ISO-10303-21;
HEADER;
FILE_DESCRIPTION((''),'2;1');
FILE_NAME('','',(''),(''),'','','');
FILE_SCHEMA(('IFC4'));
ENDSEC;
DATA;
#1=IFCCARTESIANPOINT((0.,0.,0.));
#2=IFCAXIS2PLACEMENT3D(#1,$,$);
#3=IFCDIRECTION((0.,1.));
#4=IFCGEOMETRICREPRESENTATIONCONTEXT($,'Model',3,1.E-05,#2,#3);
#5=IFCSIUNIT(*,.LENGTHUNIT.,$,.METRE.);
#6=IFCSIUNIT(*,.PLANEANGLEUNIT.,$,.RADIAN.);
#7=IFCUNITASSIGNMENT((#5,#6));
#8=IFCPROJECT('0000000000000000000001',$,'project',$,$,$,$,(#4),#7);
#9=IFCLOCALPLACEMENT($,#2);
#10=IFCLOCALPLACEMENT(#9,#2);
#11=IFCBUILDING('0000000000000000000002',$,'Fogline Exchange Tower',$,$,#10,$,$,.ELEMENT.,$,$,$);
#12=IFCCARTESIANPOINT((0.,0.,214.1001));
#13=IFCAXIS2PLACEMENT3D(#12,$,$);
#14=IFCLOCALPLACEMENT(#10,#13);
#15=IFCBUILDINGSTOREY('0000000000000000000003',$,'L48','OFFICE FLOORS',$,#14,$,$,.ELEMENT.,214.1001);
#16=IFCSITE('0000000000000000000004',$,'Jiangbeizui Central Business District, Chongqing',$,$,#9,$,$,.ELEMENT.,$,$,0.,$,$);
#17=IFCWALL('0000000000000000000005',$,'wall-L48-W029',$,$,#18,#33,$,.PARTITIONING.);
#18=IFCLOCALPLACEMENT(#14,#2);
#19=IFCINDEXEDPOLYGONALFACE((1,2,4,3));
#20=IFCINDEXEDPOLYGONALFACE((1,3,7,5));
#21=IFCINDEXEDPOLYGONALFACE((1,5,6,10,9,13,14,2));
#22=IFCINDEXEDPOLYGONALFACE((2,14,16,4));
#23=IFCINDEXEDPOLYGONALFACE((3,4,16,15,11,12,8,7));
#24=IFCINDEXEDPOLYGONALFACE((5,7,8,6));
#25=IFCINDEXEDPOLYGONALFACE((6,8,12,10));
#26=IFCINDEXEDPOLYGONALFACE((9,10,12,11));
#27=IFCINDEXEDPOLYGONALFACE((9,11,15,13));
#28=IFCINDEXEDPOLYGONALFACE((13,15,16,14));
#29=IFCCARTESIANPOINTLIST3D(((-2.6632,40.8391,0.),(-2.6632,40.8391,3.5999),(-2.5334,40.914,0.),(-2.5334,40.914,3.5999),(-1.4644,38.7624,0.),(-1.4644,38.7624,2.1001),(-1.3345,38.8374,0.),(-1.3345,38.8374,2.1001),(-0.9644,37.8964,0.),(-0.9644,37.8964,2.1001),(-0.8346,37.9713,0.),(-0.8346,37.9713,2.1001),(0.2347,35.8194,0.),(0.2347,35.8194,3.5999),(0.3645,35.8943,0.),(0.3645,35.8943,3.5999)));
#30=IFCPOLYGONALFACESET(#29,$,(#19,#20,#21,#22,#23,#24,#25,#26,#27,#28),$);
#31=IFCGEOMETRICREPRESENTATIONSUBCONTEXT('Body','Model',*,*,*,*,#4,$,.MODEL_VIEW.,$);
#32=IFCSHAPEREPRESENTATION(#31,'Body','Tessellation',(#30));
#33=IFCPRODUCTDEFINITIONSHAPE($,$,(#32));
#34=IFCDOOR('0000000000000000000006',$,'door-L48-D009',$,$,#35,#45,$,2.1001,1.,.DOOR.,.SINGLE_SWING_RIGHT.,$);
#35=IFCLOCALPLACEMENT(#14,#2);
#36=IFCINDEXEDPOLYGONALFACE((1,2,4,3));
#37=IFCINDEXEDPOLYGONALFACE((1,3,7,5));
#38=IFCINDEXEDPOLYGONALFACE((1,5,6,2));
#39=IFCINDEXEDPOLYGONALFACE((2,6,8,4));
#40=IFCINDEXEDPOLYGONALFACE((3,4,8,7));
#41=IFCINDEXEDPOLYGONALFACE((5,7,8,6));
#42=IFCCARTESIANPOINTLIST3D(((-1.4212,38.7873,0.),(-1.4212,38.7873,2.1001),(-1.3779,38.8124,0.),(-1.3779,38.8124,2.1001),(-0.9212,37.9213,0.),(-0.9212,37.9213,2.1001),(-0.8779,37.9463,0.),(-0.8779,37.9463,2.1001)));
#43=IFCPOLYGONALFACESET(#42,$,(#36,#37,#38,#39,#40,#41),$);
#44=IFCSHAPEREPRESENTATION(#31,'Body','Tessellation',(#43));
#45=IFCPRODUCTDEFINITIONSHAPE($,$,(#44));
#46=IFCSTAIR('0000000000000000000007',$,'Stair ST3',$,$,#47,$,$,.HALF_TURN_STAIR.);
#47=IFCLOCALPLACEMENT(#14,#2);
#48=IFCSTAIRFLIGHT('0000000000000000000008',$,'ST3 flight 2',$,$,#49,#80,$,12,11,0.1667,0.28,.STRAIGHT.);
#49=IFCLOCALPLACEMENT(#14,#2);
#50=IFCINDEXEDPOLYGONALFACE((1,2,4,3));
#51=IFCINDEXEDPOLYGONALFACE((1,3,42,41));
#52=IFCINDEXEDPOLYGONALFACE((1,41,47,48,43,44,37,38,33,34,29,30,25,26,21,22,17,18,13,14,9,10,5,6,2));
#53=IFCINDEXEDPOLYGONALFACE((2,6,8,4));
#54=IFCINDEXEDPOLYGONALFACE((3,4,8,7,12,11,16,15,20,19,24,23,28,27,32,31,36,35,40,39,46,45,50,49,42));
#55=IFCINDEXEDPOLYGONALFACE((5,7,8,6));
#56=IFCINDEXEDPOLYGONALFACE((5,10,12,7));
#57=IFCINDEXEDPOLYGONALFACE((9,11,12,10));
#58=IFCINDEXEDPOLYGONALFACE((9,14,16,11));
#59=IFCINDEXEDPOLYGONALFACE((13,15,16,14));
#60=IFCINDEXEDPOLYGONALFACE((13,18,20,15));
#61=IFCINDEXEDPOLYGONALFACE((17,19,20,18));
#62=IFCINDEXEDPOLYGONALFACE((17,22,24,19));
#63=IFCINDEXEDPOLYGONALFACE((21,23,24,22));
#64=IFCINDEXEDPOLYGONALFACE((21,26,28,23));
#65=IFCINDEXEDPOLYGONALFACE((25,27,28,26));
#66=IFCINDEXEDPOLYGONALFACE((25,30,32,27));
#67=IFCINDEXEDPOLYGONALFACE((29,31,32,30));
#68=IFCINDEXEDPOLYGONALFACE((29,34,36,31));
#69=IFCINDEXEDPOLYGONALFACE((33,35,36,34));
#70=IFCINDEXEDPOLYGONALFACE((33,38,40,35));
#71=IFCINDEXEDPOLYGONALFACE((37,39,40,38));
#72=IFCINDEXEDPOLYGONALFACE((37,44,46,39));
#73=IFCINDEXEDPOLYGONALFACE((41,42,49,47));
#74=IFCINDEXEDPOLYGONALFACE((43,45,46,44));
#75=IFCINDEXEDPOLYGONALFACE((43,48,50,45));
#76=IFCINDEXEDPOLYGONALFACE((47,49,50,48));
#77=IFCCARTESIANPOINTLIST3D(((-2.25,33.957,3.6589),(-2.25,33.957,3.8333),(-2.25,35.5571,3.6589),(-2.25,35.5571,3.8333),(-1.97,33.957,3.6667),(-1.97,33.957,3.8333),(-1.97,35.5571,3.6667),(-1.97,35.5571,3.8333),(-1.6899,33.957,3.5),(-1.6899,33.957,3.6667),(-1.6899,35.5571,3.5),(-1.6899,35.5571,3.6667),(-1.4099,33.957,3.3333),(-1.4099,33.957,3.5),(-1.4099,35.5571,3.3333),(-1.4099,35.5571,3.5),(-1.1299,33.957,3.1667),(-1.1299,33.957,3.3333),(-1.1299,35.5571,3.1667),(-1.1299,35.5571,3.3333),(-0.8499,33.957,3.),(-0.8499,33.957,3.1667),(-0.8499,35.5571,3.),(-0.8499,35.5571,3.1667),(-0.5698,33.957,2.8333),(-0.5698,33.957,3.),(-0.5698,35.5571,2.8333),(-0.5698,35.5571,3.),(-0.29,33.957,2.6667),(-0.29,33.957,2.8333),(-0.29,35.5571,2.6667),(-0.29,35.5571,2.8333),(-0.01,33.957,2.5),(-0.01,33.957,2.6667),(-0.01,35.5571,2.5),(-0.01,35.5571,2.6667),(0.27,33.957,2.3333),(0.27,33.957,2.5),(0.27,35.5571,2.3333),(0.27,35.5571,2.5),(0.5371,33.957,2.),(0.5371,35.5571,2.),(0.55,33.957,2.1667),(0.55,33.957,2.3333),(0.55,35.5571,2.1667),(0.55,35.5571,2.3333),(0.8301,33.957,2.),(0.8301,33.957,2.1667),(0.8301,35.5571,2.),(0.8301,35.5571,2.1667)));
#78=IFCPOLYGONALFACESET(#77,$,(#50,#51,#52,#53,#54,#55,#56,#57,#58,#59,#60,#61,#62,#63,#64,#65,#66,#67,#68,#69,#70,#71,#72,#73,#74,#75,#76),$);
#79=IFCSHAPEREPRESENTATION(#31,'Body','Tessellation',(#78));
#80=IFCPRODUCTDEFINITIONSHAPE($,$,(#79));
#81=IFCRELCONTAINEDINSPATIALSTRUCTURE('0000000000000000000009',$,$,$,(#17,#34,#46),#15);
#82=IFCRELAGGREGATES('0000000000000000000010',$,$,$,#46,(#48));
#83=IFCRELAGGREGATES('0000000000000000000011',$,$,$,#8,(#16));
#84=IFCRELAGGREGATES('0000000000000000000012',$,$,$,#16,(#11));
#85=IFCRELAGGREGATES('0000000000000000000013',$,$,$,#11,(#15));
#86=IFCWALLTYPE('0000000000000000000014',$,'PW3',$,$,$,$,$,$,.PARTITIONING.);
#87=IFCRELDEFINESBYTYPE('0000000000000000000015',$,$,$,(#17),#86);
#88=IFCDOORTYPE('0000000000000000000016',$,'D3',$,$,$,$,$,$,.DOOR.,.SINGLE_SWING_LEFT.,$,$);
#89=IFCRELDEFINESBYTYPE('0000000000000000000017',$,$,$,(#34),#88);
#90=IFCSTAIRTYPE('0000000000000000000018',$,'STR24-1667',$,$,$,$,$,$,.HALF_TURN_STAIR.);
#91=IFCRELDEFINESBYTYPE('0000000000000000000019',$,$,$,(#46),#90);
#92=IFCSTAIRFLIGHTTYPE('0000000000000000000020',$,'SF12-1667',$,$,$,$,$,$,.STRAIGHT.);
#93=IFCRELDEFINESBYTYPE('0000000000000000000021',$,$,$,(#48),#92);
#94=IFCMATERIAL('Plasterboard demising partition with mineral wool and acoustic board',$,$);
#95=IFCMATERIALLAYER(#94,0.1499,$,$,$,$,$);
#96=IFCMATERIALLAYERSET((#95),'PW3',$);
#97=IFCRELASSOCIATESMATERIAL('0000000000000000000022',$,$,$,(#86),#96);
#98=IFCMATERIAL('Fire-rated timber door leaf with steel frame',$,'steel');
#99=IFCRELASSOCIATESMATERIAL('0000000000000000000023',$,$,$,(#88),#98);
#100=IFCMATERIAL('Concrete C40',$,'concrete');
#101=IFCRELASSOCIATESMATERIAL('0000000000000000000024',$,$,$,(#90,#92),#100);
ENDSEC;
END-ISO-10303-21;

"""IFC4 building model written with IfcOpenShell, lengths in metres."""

from ifc_helpers import new_model, si_unit, direction, frame, frame_2d, origin, place, context, subcontext, project, spatial, polyline, rectangle, outline, extrude, material, layer, layer_set, type_object, element, fill, aggregate, save


model = new_model("IFC4")

# Units and contexts
model_context = context("Model", 3, precision=1e-05, world=origin(), true_north=direction((0.0, 1.0)))
body_context = subcontext(model_context, "Body", "Model", "MODEL_VIEW")
ifc_project = project(units=[si_unit("LENGTHUNIT", "METRE"), si_unit("PLANEANGLEUNIT", "RADIAN")], contexts=[model_context])

# Site, building, storey
site_placement = place(None, origin())
site = spatial("IfcSite", under=ifc_project, at=site_placement, Name="Jiangbeizui Central Business District, Chongqing", CompositionType="ELEMENT", RefElevation=0.0)
building_placement = place(site_placement, origin())
building = spatial("IfcBuilding", under=site, at=building_placement, Name="Fogline Exchange Tower", CompositionType="ELEMENT")
storey_placement = place(building_placement, frame((0.0, 0.0, 214.1001)))
storey = spatial("IfcBuildingStorey", under=building, at=storey_placement, Name="L48", Description="OFFICE FLOORS", CompositionType="ELEMENT", Elevation=214.1001)

# Shared definitions
ifc_material_1 = material(Name="Concrete C40", Category="concrete")

# Shared definitions
ifc_material_2 = material(Name="Plasterboard demising partition with mineral wool and acoustic board")
ifc_layer_1 = layer(ifc_material_2, 0.1499)
ifc_layer_set_1 = layer_set([ifc_layer_1], Name="PW3")
wall_type_1 = type_object("IfcWallType", Name="PW3", PredefinedType="PARTITIONING", material=ifc_layer_set_1)

# Shared definitions
ifc_material_3 = material(Name="Fire-rated timber door leaf with steel frame", Category="steel")
door_type_1 = type_object("IfcDoorType", Name="D3", OperationType="SINGLE_SWING_LEFT", PredefinedType="DOOR", material=ifc_material_3)

# Wall, opening, door
wall_1_placement = place(storey_placement, frame((0.2996, 35.8569, 0.0), z_axis=(0.0, 0.0, 1.0), x_axis=(-0.499972, 0.866042, 0.0)))
wall_1 = element("IfcWall", 1, at=wall_1_placement, inside=storey, type_object=wall_type_1, Name="wall-L48-W029", PredefinedType="PARTITIONING", context=body_context, shape_type="SweptSolid", body=[
    extrude(rectangle(XDim=5.7961, YDim=0.1499, at=frame_2d((2.8979, 0.0))), origin(), (0.0, 0.0, 1.0), 3.5999),
])
opening_1_placement = place(wall_1_placement, frame((2.3982, 0.0, 0.0)))
opening_1 = element("IfcOpeningElement", 2, at=opening_1_placement, cuts=wall_1, PredefinedType="OPENING", context=body_context, shape_type="SweptSolid", body=[
    extrude(rectangle(XDim=1.0, YDim=2.1001, at=frame_2d((0.5, 1.05))), frame((0.0, 0.085, 0.0), z_axis=(0.0, -1.0, 0.0), x_axis=(1.0, 0.0, 0.0)), (0.0, 0.0, 1.0), 0.1699),
])
door_1_placement = place(opening_1_placement, frame((1.0, 0.0, 0.0), z_axis=(0.0, 0.0, 1.0), x_axis=(-1.0, 0.0, 0.0)))
door_1 = element("IfcDoor", 3, at=door_1_placement, inside=storey, type_object=door_type_1, Name="door-L48-D009", OperationType="SINGLE_SWING_RIGHT", OverallHeight=2.1001, OverallWidth=1.0, PredefinedType="DOOR", context=body_context, shape_type="SweptSolid", body=[
    extrude(rectangle(XDim=1.0, YDim=2.1001, at=frame_2d((0.5, 1.05))), frame((0.0, 0.0249, 0.0), z_axis=(0.0, -1.0, 0.0), x_axis=(1.0, 0.0, 0.0)), (0.0, 0.0, 1.0), 0.05),
])
fill(opening_1, door_1)

# Stair, stair flight
stair_type = type_object("IfcStairType", Name="STR24-1667", PredefinedType="HALF_TURN_STAIR", material=ifc_material_1)
stair_placement = place(storey_placement, origin())
stair = element("IfcStair", 4, at=stair_placement, inside=storey, type_object=stair_type, Name="Stair ST3", PredefinedType="HALF_TURN_STAIR")
stair_flight_type = type_object("IfcStairFlightType", Name="SF12-1667", PredefinedType="STRAIGHT", material=ifc_material_1)
stair_flight_placement = place(storey_placement, frame((0.8301, 34.7571, 2.0), z_axis=(0.0, 0.0, 1.0), x_axis=(-1.0, 0.0, 0.0)))
stair_flight = element("IfcStairFlight", 5, at=stair_flight_placement, type_object=stair_flight_type, Name="ST3 flight 2", NumberOfRisers=12, NumberOfTreads=11, PredefinedType="STRAIGHT", RiserHeight=0.1667, TreadLength=0.28, context=body_context, shape_type="SweptSolid", body=[
    extrude(outline(polyline([(0.0, 0.0), (0.0, 0.1667), (0.28, 0.1667), (0.28, 0.3333), (0.5601, 0.3333), (0.5601, 0.5), (0.8401, 0.5), (0.8401, 0.6667), (1.1201, 0.6667), (1.1201, 0.8333), (1.3999, 0.8333), (1.3999, 1.0), (1.6799, 1.0), (1.6799, 1.1667), (1.96, 1.1667), (1.96, 1.3333), (2.24, 1.3333), (2.24, 1.5), (2.52, 1.5), (2.52, 1.6667), (2.8, 1.6667), (2.8, 1.8333), (3.0801, 1.8333), (3.0801, 2.0), (3.0801, 1.6589), (0.293, 0.0), (0.0, 0.0)])), frame((0.0, 0.8, 0.0), z_axis=(0.0, -1.0, 0.0), x_axis=(1.0, 0.0, 0.0)), (0.0, 0.0, 1.0), 1.6001),
])
aggregate(stair, [stair_flight])

save(model, "model.ifc")
